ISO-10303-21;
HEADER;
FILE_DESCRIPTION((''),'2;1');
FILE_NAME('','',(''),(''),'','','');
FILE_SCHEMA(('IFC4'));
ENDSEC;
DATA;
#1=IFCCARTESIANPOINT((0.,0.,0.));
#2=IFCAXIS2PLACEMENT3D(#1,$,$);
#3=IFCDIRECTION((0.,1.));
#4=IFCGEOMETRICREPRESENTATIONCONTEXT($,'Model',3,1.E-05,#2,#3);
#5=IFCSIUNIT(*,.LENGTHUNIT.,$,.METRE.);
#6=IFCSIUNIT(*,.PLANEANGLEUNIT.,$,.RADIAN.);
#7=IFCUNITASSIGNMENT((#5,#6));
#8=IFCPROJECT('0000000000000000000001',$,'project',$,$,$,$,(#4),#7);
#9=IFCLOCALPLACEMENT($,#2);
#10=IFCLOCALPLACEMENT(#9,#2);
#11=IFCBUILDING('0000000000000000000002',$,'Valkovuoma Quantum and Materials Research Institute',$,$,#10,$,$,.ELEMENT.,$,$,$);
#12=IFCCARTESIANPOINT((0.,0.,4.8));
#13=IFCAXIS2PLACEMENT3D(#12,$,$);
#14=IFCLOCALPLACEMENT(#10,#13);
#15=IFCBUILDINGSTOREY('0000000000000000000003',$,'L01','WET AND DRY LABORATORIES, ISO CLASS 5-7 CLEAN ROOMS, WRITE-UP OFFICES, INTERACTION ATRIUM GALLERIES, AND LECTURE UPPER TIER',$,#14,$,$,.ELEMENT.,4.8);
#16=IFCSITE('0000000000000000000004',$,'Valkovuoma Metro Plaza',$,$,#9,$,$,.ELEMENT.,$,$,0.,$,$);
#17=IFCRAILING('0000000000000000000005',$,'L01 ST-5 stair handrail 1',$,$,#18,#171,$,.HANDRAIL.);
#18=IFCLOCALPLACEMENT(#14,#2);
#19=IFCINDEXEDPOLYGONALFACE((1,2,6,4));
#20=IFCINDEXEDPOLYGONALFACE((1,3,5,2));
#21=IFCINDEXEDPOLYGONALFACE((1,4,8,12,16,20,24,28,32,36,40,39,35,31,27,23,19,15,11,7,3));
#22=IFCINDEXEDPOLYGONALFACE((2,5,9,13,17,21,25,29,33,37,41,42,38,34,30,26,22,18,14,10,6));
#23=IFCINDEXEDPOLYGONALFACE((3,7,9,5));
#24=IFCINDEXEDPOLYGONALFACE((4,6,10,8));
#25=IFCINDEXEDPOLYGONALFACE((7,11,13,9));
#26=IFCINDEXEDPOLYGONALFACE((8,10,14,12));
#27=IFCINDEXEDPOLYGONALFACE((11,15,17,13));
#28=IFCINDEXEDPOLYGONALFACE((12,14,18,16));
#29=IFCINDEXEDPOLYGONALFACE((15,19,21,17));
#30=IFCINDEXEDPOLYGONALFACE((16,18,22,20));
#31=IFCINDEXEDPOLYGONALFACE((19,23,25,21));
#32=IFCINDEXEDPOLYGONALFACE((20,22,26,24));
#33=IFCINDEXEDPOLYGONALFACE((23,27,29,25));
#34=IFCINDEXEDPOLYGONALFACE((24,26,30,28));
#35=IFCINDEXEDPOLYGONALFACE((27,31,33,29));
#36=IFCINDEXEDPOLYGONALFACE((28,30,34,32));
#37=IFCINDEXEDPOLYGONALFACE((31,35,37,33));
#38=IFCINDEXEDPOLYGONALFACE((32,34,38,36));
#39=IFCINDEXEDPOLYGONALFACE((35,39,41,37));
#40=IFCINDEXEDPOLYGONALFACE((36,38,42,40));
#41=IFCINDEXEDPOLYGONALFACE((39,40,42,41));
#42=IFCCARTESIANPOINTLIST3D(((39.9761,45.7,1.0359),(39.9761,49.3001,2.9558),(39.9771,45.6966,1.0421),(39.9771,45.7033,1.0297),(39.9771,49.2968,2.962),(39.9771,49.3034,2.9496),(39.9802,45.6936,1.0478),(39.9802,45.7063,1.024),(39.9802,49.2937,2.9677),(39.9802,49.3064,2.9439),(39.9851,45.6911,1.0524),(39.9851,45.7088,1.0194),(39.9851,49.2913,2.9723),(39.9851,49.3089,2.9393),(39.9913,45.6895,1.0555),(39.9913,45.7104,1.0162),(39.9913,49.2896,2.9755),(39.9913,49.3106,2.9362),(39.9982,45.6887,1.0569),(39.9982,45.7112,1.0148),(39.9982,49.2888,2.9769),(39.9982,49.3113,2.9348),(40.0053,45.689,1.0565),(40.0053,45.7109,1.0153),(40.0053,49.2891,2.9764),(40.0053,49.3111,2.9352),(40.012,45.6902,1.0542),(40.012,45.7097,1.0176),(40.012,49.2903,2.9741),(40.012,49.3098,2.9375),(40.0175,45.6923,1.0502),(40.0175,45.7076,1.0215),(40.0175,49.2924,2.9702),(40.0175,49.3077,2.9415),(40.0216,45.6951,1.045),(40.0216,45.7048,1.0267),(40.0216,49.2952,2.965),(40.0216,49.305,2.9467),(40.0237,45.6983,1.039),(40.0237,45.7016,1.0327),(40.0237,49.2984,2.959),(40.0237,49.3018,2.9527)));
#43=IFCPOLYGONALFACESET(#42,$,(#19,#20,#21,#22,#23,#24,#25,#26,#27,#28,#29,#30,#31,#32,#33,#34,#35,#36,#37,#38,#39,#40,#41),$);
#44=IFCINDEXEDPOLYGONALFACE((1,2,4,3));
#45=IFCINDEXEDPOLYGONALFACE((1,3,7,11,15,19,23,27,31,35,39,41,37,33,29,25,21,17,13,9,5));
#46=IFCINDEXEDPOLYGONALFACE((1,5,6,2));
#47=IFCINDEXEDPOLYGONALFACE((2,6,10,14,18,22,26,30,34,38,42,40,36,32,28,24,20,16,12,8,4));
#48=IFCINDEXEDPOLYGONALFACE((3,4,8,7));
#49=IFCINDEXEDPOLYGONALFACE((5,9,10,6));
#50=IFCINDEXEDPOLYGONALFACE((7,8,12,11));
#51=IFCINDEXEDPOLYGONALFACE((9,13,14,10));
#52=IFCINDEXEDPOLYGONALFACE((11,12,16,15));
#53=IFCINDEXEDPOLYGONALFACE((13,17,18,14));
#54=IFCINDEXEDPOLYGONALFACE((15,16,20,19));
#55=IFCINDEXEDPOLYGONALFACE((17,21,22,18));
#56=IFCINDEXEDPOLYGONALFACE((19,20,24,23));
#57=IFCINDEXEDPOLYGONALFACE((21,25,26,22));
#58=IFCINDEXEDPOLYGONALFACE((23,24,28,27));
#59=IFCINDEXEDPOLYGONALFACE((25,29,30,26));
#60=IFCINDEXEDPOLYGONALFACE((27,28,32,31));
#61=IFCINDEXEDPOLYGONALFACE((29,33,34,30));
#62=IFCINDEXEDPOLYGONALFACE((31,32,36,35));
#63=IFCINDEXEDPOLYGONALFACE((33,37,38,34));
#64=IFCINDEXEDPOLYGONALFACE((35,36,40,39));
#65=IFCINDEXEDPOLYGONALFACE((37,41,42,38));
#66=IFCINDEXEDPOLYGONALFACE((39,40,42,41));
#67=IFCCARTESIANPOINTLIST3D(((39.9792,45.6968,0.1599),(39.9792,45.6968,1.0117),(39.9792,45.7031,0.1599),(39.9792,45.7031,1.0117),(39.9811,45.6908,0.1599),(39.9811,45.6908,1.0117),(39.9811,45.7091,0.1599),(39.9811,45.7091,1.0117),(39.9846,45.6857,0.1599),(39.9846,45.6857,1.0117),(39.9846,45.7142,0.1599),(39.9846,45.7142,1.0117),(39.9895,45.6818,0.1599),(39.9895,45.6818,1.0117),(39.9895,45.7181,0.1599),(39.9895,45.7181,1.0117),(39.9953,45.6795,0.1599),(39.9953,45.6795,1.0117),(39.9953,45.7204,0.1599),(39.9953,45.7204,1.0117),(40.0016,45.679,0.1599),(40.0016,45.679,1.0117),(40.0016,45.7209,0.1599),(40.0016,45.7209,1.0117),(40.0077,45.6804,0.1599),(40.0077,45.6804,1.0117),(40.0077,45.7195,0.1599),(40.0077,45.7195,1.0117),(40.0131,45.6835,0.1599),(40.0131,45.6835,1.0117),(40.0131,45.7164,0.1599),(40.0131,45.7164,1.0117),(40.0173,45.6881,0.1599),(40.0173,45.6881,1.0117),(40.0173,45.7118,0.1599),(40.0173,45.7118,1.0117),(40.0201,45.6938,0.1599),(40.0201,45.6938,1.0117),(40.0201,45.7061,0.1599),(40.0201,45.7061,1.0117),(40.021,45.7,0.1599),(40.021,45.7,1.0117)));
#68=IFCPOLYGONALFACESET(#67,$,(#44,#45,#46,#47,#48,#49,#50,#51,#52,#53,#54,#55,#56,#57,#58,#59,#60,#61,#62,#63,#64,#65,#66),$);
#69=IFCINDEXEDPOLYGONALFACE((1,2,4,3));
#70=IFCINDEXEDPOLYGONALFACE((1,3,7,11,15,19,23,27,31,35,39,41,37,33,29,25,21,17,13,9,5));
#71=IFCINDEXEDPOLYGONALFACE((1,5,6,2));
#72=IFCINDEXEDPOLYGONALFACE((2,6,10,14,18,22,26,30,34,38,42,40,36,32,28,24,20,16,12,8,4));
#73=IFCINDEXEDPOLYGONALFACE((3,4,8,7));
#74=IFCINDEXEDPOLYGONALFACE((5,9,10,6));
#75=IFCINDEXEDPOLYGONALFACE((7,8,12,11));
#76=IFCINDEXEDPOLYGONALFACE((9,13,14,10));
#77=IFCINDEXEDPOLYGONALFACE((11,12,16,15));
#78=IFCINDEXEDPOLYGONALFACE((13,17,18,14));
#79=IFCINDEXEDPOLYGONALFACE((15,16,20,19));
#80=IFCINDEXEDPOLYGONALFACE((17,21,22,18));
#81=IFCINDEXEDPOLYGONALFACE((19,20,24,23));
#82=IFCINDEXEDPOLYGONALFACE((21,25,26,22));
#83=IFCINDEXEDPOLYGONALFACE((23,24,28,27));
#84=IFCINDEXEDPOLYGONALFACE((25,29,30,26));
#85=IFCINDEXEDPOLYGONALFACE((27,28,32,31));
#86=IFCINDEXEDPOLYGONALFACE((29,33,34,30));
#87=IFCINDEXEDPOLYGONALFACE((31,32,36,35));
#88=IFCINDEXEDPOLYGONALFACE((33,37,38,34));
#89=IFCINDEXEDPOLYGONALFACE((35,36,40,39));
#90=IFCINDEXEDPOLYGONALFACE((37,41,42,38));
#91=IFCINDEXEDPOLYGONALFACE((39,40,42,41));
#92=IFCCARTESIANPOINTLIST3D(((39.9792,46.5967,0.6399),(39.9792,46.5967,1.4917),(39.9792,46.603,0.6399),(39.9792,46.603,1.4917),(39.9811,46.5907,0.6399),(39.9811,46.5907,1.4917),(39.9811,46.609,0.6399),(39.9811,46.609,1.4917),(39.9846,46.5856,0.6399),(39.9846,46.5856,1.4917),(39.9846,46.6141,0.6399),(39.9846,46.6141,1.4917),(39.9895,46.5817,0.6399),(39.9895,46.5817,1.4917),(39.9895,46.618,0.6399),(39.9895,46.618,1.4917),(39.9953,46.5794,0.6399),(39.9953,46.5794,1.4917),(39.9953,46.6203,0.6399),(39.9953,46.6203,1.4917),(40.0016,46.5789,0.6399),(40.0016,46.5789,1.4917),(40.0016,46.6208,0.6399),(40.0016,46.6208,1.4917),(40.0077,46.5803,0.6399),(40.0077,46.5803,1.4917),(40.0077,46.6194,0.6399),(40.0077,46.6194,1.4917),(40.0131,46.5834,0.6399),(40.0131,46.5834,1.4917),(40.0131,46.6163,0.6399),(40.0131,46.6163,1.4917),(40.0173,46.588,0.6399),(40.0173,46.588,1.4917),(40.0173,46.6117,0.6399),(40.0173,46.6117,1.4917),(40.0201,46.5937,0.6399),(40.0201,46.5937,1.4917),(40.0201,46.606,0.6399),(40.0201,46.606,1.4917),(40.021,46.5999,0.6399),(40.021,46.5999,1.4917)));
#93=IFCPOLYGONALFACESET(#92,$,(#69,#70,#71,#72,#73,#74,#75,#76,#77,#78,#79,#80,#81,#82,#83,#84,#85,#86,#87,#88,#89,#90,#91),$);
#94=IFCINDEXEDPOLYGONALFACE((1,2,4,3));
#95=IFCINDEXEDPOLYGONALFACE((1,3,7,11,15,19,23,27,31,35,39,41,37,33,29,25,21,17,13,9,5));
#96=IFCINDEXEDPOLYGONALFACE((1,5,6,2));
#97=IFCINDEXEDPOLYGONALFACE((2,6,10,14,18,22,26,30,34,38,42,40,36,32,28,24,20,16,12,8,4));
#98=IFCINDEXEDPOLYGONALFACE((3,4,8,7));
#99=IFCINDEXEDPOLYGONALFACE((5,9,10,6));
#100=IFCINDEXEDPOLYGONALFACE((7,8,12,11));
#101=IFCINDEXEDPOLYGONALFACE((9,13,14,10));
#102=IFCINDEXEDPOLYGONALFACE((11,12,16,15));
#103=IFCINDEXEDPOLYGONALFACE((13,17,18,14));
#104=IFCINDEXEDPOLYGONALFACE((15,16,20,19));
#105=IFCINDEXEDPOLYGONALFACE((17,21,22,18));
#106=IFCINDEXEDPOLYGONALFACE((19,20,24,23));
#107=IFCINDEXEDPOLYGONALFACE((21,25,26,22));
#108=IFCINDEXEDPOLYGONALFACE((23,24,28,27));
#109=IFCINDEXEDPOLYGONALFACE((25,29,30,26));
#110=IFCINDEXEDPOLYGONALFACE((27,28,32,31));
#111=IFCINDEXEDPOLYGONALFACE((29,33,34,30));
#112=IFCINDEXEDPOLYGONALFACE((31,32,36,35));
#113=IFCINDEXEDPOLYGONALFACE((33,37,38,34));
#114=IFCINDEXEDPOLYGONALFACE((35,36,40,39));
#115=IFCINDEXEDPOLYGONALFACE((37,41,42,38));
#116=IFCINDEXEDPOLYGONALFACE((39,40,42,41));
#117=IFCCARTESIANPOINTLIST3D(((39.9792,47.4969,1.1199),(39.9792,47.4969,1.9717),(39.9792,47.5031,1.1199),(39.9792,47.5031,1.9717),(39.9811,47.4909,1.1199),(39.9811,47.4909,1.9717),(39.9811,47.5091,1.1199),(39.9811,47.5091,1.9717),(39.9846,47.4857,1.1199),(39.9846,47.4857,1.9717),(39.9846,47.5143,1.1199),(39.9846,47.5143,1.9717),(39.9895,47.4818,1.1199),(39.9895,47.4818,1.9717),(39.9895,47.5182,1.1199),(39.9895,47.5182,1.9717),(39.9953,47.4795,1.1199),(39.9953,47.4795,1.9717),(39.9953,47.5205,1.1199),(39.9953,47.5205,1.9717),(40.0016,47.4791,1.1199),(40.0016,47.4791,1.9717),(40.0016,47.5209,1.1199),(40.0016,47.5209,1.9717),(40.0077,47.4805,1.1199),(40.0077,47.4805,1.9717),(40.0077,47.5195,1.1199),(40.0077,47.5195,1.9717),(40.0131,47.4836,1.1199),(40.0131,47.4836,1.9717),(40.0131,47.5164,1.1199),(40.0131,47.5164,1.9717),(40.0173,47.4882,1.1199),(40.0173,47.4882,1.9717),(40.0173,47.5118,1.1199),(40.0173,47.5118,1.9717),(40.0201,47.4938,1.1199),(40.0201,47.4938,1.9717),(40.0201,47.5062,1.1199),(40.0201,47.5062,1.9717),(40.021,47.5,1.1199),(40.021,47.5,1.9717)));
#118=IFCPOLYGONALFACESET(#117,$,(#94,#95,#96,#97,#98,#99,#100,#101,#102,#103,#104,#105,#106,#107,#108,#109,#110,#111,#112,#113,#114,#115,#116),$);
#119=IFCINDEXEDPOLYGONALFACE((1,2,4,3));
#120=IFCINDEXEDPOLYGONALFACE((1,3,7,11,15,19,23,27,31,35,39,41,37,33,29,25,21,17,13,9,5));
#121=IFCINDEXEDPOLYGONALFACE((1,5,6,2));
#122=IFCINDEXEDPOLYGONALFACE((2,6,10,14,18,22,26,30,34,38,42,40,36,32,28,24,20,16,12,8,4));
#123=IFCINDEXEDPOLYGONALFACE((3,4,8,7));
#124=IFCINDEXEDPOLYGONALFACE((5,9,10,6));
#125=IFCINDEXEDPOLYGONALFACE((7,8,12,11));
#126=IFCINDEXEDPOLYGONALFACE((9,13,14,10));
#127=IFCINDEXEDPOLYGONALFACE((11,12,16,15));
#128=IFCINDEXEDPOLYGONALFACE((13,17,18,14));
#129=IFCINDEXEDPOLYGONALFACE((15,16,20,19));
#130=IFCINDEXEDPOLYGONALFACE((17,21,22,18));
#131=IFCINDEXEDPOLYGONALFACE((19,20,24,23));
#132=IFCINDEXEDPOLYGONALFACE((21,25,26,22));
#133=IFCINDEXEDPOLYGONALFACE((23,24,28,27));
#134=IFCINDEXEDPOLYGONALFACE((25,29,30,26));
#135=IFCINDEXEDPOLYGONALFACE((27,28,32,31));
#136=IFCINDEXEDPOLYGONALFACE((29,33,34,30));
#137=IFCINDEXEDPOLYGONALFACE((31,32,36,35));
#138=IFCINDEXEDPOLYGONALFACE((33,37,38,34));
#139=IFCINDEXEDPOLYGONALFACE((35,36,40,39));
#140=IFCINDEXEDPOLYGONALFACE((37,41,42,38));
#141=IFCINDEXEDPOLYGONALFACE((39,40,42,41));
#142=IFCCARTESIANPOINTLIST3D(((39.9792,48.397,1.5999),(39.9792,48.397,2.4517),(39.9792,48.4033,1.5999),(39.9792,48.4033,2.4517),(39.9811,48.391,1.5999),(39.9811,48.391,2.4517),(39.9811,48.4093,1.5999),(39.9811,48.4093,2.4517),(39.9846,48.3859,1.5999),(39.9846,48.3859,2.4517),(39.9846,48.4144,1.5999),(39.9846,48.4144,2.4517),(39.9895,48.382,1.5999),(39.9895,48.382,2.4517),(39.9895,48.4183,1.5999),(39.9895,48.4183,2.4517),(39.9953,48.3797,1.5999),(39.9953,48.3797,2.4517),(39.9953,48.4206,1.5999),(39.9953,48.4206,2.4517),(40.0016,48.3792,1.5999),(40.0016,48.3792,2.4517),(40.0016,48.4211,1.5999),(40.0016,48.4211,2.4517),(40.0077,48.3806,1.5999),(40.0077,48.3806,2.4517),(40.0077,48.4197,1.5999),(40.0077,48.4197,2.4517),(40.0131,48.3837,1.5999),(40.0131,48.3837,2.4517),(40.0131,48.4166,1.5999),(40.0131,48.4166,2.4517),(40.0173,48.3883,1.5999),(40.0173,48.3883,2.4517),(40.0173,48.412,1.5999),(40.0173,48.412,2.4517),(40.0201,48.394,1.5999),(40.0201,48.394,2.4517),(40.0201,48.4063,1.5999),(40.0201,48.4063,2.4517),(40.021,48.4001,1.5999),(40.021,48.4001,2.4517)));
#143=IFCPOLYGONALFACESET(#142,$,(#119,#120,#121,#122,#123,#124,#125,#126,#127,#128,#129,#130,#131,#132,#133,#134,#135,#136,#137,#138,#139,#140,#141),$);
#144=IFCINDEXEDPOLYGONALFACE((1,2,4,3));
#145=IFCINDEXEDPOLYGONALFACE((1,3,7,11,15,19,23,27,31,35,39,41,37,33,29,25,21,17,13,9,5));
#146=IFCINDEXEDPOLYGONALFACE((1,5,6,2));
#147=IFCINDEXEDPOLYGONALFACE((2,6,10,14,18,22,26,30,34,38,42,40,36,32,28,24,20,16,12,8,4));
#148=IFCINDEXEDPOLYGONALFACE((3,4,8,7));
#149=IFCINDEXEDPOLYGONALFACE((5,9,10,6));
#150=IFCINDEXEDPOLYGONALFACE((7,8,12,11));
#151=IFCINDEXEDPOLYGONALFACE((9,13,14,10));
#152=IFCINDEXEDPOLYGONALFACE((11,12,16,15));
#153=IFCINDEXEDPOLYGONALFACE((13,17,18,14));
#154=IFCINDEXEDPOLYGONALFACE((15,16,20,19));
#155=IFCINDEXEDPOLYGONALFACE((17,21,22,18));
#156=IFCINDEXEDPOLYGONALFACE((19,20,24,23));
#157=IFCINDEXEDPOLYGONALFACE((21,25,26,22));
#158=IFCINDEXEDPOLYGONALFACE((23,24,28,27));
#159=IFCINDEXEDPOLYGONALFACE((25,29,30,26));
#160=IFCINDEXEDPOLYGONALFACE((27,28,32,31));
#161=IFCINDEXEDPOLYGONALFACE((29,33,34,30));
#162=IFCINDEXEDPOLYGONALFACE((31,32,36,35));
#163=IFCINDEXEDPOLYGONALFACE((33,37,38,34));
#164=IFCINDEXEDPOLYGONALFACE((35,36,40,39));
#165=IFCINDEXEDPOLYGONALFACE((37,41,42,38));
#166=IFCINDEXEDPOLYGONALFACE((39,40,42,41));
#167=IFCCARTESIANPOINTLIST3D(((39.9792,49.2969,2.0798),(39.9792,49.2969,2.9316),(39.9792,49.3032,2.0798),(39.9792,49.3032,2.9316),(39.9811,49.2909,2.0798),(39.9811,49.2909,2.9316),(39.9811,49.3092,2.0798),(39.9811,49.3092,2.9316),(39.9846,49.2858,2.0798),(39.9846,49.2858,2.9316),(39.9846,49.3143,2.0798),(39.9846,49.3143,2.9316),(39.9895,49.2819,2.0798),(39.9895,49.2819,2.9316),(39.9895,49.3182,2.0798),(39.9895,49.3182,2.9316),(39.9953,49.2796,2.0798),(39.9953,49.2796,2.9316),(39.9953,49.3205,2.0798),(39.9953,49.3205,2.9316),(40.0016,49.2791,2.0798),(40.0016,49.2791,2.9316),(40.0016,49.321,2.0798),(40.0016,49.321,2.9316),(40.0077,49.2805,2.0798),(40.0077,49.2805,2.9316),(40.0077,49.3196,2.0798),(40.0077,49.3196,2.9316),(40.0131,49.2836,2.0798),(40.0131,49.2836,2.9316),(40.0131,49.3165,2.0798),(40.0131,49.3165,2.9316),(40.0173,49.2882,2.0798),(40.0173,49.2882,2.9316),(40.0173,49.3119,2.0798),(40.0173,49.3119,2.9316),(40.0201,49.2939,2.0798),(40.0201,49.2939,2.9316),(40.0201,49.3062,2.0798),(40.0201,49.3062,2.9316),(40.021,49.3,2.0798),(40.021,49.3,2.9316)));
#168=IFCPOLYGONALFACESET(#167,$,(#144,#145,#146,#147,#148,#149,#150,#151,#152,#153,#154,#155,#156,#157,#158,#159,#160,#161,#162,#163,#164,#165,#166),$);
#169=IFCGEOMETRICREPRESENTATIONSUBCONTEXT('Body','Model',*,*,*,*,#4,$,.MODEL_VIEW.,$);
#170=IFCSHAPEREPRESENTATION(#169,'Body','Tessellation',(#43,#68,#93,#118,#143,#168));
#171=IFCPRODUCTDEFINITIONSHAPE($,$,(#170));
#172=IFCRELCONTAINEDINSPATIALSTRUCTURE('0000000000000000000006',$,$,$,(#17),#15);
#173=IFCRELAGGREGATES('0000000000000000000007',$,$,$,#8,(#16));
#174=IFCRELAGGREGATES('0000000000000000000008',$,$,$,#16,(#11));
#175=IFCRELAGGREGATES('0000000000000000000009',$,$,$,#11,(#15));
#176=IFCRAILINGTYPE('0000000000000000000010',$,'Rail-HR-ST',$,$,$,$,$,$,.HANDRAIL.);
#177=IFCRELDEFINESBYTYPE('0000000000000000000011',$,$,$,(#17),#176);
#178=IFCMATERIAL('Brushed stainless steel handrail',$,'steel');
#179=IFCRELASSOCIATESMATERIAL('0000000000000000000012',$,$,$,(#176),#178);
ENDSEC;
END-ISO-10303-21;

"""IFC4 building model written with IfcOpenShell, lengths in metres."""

from ifc_helpers import new_model, si_unit, direction, frame, origin, origin_2d, place, context, subcontext, project, spatial, circle, extrude, material, type_object, element, save


model = new_model("IFC4")

# Units and contexts
model_context = context("Model", 3, precision=1e-05, world=origin(), true_north=direction((0.0, 1.0)))
body_context = subcontext(model_context, "Body", "Model", "MODEL_VIEW")
ifc_project = project(units=[si_unit("LENGTHUNIT", "METRE"), si_unit("PLANEANGLEUNIT", "RADIAN")], contexts=[model_context])

# Site, building, storey
site_placement = place(None, origin())
site = spatial("IfcSite", under=ifc_project, at=site_placement, Name="Valkovuoma Metro Plaza", CompositionType="ELEMENT", RefElevation=0.0)
building_placement = place(site_placement, origin())
building = spatial("IfcBuilding", under=site, at=building_placement, Name="Valkovuoma Quantum and Materials Research Institute", CompositionType="ELEMENT")
storey_placement = place(building_placement, frame((0.0, 0.0, 4.8)))
storey = spatial("IfcBuildingStorey", under=building, at=storey_placement, Name="L01", Description="WET AND DRY LABORATORIES, ISO CLASS 5-7 CLEAN ROOMS, WRITE-UP OFFICES, INTERACTION ATRIUM GALLERIES, AND LECTURE UPPER TIER", CompositionType="ELEMENT", Elevation=4.8)

# Railing
ifc_material_1 = material(Name="Brushed stainless steel handrail", Category="steel")
railing_type_1 = type_object("IfcRailingType", Name="Rail-HR-ST", PredefinedType="HANDRAIL", material=ifc_material_1)
railing_1_placement = place(storey_placement, frame((40.0, 45.7, 0.1599)))
element("IfcRailing", 1, at=railing_1_placement, inside=storey, type_object=railing_type_1, Name="L01 ST-5 stair handrail 1", PredefinedType="HANDRAIL", context=body_context, shape_type="SweptSolid", body=[
    extrude(circle(Radius=0.0239, at=origin_2d()), frame((0.0, 0.0, 0.876), z_axis=(0.0, 0.882366, 0.470563), x_axis=(-1.0, 0.0, 0.0)), (0.0, 0.0, 1.0), 4.0801),
    extrude(circle(Radius=0.021, at=origin_2d()), origin(), (0.0, 0.0, 1.0), 0.8518),
    extrude(circle(Radius=0.021, at=origin_2d()), frame((0.0, 0.8999, 0.48)), (0.0, 0.0, 1.0), 0.8518),
    extrude(circle(Radius=0.021, at=origin_2d()), frame((0.0, 1.8, 0.96)), (0.0, 0.0, 1.0), 0.8518),
    extrude(circle(Radius=0.021, at=origin_2d()), frame((0.0, 2.7002, 1.4399)), (0.0, 0.0, 1.0), 0.8518),
    extrude(circle(Radius=0.021, at=origin_2d()), frame((0.0, 3.6001, 1.9199)), (0.0, 0.0, 1.0), 0.8518),
])

save(model, "model.ifc")
